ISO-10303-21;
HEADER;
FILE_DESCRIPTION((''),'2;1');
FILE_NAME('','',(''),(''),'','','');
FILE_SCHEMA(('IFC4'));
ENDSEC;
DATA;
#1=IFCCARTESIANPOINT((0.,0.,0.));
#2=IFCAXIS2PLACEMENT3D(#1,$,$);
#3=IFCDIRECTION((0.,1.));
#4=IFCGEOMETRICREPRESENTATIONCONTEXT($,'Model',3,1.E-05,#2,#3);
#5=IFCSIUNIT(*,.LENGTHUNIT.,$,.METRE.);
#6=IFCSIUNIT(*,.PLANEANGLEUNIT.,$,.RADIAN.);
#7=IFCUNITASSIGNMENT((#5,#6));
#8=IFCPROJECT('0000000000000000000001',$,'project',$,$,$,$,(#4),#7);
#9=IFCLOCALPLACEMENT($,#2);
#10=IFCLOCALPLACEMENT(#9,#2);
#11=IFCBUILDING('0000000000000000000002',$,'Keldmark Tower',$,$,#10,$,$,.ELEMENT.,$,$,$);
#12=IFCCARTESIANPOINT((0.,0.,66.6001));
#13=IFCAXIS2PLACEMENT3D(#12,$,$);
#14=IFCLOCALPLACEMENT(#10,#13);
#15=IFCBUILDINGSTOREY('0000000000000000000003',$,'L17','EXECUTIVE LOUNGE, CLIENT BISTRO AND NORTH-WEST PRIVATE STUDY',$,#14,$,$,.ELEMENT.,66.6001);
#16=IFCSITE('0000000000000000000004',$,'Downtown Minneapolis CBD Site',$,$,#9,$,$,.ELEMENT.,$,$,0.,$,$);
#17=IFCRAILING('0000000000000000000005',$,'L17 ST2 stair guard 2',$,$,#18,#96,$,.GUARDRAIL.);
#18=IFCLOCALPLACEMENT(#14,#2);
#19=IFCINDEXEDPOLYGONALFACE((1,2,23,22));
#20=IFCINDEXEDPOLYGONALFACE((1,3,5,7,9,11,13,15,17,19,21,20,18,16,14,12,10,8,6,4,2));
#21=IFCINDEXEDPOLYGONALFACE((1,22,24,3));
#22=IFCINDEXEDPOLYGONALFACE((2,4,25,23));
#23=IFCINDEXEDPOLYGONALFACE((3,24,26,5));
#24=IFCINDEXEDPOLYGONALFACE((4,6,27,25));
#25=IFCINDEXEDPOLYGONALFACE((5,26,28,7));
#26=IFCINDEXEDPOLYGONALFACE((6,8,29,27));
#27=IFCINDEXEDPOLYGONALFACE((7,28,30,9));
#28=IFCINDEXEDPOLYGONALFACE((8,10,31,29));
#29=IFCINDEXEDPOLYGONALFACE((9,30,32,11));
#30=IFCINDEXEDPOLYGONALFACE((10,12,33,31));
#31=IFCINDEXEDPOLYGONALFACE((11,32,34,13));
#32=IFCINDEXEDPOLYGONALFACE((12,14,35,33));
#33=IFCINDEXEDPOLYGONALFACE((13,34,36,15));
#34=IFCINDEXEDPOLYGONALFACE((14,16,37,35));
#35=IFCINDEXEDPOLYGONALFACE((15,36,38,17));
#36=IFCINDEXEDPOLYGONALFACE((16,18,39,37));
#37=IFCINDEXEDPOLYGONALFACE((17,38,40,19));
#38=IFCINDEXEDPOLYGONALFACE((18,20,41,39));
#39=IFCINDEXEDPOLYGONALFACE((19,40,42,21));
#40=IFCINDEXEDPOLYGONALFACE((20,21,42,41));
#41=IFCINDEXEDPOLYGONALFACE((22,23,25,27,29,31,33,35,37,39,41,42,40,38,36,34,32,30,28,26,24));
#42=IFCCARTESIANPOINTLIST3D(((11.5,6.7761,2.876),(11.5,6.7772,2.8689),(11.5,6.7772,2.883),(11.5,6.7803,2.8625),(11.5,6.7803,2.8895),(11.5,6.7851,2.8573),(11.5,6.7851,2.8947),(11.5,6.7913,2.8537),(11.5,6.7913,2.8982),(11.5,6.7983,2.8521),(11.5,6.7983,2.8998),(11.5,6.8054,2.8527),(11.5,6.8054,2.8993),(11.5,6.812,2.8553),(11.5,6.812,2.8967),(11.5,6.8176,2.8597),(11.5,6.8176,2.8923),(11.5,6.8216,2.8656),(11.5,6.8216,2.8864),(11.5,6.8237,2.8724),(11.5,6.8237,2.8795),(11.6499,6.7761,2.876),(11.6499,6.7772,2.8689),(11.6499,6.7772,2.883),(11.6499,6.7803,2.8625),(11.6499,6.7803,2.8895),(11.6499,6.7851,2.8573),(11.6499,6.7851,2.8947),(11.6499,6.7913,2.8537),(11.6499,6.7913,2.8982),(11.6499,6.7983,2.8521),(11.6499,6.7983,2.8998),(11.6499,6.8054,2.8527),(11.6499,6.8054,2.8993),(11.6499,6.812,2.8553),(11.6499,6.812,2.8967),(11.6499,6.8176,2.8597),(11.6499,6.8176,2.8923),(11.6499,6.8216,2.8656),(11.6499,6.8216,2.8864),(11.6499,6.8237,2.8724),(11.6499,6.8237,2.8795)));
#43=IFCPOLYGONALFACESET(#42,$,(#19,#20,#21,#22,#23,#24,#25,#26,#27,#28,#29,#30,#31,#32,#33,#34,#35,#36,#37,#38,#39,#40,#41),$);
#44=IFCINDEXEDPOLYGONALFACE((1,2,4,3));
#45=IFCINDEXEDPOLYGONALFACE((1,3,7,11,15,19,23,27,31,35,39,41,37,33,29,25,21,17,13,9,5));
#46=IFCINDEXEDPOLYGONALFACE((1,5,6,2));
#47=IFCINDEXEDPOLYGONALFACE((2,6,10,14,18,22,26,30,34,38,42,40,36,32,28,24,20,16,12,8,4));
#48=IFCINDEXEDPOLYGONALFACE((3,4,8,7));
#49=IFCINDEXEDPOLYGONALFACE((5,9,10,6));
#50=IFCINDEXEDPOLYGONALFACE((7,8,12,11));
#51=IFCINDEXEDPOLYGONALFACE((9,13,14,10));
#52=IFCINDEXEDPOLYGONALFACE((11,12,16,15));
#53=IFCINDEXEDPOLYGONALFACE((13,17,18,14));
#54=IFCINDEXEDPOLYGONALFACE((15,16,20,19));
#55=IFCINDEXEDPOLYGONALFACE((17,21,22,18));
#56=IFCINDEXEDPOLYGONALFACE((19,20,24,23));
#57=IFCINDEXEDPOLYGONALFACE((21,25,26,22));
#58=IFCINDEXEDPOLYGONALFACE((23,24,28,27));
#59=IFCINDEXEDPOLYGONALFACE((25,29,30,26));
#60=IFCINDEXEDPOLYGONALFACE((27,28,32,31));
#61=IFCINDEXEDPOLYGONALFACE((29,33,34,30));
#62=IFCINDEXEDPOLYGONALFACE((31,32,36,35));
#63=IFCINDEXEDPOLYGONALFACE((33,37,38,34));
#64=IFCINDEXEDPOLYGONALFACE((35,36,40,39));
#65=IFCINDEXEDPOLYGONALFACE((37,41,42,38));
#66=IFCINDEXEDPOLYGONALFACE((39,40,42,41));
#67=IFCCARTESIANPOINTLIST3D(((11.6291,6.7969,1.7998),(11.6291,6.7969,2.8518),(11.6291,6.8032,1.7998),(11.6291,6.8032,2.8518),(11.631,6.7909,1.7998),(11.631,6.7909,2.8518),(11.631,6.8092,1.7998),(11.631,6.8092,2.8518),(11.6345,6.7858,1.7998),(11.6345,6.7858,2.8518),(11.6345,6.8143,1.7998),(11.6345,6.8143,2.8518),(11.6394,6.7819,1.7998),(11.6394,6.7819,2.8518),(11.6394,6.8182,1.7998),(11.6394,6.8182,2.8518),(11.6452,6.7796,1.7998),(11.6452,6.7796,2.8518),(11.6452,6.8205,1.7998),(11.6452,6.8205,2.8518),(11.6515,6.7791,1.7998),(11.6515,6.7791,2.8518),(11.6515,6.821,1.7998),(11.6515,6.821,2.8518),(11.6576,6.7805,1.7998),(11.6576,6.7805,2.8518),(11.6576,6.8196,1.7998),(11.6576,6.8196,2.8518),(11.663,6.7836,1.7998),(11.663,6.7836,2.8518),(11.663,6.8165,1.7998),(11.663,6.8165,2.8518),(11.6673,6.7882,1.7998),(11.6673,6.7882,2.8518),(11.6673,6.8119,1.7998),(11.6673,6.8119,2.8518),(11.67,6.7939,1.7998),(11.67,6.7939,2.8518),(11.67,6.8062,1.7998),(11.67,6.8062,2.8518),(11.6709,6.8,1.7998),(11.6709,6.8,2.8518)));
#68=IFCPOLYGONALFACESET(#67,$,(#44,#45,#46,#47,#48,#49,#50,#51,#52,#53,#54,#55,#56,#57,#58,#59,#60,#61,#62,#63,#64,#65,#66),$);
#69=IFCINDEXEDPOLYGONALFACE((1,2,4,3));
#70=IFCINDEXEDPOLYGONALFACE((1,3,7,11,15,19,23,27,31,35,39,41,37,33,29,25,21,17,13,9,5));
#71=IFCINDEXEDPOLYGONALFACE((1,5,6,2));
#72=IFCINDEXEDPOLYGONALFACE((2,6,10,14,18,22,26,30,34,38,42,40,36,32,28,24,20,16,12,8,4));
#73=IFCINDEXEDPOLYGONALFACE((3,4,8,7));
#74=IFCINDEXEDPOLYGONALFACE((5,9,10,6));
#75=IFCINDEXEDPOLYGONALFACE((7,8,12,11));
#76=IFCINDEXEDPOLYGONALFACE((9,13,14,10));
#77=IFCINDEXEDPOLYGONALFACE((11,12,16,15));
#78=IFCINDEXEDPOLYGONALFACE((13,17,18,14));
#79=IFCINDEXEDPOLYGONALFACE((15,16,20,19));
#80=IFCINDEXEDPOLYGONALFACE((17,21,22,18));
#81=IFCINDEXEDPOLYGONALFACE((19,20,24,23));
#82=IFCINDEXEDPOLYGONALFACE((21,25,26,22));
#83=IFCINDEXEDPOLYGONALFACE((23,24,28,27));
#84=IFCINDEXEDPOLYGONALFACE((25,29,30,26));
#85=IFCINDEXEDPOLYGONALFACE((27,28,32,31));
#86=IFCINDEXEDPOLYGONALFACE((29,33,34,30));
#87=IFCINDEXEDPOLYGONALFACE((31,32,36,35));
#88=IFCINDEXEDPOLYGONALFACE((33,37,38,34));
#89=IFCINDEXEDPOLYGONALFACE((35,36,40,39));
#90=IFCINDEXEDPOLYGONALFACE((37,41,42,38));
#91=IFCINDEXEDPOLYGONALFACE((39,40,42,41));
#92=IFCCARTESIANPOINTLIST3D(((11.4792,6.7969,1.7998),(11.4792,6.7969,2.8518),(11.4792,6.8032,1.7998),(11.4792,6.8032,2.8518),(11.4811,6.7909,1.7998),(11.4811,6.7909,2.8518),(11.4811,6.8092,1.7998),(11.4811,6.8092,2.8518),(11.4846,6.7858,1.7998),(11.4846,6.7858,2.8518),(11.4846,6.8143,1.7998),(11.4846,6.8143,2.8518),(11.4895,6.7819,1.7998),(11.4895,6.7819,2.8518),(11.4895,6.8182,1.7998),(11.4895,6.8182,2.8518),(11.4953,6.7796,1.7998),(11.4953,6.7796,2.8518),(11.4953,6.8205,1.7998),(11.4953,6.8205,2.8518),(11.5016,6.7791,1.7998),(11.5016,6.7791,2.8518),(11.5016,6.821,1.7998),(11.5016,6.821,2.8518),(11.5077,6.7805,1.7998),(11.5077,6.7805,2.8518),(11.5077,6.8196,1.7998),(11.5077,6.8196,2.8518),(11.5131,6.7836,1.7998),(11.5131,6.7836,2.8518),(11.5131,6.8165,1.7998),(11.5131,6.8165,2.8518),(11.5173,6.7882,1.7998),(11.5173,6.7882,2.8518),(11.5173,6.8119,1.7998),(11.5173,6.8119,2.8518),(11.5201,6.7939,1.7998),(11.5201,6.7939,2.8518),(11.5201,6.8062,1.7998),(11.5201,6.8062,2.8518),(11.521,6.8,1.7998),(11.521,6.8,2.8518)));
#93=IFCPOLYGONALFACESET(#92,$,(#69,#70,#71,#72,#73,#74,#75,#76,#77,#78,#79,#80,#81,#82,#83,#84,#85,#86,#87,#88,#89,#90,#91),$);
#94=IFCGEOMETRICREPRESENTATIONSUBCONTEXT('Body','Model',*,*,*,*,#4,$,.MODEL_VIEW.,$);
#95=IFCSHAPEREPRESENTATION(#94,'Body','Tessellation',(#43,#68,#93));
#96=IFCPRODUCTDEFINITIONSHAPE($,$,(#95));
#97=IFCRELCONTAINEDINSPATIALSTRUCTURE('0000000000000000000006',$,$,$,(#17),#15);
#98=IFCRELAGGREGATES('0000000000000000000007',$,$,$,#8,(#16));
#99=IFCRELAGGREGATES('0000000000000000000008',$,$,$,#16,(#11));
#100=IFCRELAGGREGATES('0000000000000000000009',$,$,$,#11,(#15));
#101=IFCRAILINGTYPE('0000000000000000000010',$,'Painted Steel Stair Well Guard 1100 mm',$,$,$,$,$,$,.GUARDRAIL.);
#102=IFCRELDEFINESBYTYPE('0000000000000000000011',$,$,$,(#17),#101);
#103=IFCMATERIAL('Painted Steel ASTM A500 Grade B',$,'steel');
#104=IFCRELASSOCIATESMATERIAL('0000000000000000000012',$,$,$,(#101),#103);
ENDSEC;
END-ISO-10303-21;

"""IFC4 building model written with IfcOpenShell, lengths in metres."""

from ifc_helpers import new_model, si_unit, direction, frame, origin, origin_2d, place, context, subcontext, project, spatial, circle, extrude, material, type_object, element, save


model = new_model("IFC4")

# Units and contexts
model_context = context("Model", 3, precision=1e-05, world=origin(), true_north=direction((0.0, 1.0)))
body_context = subcontext(model_context, "Body", "Model", "MODEL_VIEW")
ifc_project = project(units=[si_unit("LENGTHUNIT", "METRE"), si_unit("PLANEANGLEUNIT", "RADIAN")], contexts=[model_context])

# Site, building, storey
site_placement = place(None, origin())
site = spatial("IfcSite", under=ifc_project, at=site_placement, Name="Downtown Minneapolis CBD Site", CompositionType="ELEMENT", RefElevation=0.0)
building_placement = place(site_placement, origin())
building = spatial("IfcBuilding", under=site, at=building_placement, Name="Keldmark Tower", CompositionType="ELEMENT")
storey_placement = place(building_placement, frame((0.0, 0.0, 66.6001)))
storey = spatial("IfcBuildingStorey", under=building, at=storey_placement, Name="L17", Description="EXECUTIVE LOUNGE, CLIENT BISTRO AND NORTH-WEST PRIVATE STUDY", CompositionType="ELEMENT", Elevation=66.6001)

# Railing
ifc_material_1 = material(Name="Painted Steel ASTM A500 Grade B", Category="steel")
railing_type_1 = type_object("IfcRailingType", Name="Painted Steel Stair Well Guard 1100 mm", PredefinedType="GUARDRAIL", material=ifc_material_1)
railing_1_placement = place(storey_placement, frame((11.6499, 6.8, 1.7998)))
element("IfcRailing", 1, at=railing_1_placement, inside=storey, type_object=railing_type_1, Name="L17 ST2 stair guard 2", PredefinedType="GUARDRAIL", context=body_context, shape_type="SweptSolid", body=[
    extrude(circle(Radius=0.0239, at=origin_2d()), frame((0.0, 0.0, 1.0762), z_axis=(-1.0, 0.0, 0.0), x_axis=(0.0, -1.0, 0.0)), (0.0, 0.0, 1.0), 0.1499),
    extrude(circle(Radius=0.021, at=origin_2d()), origin(), (0.0, 0.0, 1.0), 1.052),
    extrude(circle(Radius=0.021, at=origin_2d()), frame((-0.1499, 0.0, 0.0)), (0.0, 0.0, 1.0), 1.052),
])

save(model, "model.ifc")
